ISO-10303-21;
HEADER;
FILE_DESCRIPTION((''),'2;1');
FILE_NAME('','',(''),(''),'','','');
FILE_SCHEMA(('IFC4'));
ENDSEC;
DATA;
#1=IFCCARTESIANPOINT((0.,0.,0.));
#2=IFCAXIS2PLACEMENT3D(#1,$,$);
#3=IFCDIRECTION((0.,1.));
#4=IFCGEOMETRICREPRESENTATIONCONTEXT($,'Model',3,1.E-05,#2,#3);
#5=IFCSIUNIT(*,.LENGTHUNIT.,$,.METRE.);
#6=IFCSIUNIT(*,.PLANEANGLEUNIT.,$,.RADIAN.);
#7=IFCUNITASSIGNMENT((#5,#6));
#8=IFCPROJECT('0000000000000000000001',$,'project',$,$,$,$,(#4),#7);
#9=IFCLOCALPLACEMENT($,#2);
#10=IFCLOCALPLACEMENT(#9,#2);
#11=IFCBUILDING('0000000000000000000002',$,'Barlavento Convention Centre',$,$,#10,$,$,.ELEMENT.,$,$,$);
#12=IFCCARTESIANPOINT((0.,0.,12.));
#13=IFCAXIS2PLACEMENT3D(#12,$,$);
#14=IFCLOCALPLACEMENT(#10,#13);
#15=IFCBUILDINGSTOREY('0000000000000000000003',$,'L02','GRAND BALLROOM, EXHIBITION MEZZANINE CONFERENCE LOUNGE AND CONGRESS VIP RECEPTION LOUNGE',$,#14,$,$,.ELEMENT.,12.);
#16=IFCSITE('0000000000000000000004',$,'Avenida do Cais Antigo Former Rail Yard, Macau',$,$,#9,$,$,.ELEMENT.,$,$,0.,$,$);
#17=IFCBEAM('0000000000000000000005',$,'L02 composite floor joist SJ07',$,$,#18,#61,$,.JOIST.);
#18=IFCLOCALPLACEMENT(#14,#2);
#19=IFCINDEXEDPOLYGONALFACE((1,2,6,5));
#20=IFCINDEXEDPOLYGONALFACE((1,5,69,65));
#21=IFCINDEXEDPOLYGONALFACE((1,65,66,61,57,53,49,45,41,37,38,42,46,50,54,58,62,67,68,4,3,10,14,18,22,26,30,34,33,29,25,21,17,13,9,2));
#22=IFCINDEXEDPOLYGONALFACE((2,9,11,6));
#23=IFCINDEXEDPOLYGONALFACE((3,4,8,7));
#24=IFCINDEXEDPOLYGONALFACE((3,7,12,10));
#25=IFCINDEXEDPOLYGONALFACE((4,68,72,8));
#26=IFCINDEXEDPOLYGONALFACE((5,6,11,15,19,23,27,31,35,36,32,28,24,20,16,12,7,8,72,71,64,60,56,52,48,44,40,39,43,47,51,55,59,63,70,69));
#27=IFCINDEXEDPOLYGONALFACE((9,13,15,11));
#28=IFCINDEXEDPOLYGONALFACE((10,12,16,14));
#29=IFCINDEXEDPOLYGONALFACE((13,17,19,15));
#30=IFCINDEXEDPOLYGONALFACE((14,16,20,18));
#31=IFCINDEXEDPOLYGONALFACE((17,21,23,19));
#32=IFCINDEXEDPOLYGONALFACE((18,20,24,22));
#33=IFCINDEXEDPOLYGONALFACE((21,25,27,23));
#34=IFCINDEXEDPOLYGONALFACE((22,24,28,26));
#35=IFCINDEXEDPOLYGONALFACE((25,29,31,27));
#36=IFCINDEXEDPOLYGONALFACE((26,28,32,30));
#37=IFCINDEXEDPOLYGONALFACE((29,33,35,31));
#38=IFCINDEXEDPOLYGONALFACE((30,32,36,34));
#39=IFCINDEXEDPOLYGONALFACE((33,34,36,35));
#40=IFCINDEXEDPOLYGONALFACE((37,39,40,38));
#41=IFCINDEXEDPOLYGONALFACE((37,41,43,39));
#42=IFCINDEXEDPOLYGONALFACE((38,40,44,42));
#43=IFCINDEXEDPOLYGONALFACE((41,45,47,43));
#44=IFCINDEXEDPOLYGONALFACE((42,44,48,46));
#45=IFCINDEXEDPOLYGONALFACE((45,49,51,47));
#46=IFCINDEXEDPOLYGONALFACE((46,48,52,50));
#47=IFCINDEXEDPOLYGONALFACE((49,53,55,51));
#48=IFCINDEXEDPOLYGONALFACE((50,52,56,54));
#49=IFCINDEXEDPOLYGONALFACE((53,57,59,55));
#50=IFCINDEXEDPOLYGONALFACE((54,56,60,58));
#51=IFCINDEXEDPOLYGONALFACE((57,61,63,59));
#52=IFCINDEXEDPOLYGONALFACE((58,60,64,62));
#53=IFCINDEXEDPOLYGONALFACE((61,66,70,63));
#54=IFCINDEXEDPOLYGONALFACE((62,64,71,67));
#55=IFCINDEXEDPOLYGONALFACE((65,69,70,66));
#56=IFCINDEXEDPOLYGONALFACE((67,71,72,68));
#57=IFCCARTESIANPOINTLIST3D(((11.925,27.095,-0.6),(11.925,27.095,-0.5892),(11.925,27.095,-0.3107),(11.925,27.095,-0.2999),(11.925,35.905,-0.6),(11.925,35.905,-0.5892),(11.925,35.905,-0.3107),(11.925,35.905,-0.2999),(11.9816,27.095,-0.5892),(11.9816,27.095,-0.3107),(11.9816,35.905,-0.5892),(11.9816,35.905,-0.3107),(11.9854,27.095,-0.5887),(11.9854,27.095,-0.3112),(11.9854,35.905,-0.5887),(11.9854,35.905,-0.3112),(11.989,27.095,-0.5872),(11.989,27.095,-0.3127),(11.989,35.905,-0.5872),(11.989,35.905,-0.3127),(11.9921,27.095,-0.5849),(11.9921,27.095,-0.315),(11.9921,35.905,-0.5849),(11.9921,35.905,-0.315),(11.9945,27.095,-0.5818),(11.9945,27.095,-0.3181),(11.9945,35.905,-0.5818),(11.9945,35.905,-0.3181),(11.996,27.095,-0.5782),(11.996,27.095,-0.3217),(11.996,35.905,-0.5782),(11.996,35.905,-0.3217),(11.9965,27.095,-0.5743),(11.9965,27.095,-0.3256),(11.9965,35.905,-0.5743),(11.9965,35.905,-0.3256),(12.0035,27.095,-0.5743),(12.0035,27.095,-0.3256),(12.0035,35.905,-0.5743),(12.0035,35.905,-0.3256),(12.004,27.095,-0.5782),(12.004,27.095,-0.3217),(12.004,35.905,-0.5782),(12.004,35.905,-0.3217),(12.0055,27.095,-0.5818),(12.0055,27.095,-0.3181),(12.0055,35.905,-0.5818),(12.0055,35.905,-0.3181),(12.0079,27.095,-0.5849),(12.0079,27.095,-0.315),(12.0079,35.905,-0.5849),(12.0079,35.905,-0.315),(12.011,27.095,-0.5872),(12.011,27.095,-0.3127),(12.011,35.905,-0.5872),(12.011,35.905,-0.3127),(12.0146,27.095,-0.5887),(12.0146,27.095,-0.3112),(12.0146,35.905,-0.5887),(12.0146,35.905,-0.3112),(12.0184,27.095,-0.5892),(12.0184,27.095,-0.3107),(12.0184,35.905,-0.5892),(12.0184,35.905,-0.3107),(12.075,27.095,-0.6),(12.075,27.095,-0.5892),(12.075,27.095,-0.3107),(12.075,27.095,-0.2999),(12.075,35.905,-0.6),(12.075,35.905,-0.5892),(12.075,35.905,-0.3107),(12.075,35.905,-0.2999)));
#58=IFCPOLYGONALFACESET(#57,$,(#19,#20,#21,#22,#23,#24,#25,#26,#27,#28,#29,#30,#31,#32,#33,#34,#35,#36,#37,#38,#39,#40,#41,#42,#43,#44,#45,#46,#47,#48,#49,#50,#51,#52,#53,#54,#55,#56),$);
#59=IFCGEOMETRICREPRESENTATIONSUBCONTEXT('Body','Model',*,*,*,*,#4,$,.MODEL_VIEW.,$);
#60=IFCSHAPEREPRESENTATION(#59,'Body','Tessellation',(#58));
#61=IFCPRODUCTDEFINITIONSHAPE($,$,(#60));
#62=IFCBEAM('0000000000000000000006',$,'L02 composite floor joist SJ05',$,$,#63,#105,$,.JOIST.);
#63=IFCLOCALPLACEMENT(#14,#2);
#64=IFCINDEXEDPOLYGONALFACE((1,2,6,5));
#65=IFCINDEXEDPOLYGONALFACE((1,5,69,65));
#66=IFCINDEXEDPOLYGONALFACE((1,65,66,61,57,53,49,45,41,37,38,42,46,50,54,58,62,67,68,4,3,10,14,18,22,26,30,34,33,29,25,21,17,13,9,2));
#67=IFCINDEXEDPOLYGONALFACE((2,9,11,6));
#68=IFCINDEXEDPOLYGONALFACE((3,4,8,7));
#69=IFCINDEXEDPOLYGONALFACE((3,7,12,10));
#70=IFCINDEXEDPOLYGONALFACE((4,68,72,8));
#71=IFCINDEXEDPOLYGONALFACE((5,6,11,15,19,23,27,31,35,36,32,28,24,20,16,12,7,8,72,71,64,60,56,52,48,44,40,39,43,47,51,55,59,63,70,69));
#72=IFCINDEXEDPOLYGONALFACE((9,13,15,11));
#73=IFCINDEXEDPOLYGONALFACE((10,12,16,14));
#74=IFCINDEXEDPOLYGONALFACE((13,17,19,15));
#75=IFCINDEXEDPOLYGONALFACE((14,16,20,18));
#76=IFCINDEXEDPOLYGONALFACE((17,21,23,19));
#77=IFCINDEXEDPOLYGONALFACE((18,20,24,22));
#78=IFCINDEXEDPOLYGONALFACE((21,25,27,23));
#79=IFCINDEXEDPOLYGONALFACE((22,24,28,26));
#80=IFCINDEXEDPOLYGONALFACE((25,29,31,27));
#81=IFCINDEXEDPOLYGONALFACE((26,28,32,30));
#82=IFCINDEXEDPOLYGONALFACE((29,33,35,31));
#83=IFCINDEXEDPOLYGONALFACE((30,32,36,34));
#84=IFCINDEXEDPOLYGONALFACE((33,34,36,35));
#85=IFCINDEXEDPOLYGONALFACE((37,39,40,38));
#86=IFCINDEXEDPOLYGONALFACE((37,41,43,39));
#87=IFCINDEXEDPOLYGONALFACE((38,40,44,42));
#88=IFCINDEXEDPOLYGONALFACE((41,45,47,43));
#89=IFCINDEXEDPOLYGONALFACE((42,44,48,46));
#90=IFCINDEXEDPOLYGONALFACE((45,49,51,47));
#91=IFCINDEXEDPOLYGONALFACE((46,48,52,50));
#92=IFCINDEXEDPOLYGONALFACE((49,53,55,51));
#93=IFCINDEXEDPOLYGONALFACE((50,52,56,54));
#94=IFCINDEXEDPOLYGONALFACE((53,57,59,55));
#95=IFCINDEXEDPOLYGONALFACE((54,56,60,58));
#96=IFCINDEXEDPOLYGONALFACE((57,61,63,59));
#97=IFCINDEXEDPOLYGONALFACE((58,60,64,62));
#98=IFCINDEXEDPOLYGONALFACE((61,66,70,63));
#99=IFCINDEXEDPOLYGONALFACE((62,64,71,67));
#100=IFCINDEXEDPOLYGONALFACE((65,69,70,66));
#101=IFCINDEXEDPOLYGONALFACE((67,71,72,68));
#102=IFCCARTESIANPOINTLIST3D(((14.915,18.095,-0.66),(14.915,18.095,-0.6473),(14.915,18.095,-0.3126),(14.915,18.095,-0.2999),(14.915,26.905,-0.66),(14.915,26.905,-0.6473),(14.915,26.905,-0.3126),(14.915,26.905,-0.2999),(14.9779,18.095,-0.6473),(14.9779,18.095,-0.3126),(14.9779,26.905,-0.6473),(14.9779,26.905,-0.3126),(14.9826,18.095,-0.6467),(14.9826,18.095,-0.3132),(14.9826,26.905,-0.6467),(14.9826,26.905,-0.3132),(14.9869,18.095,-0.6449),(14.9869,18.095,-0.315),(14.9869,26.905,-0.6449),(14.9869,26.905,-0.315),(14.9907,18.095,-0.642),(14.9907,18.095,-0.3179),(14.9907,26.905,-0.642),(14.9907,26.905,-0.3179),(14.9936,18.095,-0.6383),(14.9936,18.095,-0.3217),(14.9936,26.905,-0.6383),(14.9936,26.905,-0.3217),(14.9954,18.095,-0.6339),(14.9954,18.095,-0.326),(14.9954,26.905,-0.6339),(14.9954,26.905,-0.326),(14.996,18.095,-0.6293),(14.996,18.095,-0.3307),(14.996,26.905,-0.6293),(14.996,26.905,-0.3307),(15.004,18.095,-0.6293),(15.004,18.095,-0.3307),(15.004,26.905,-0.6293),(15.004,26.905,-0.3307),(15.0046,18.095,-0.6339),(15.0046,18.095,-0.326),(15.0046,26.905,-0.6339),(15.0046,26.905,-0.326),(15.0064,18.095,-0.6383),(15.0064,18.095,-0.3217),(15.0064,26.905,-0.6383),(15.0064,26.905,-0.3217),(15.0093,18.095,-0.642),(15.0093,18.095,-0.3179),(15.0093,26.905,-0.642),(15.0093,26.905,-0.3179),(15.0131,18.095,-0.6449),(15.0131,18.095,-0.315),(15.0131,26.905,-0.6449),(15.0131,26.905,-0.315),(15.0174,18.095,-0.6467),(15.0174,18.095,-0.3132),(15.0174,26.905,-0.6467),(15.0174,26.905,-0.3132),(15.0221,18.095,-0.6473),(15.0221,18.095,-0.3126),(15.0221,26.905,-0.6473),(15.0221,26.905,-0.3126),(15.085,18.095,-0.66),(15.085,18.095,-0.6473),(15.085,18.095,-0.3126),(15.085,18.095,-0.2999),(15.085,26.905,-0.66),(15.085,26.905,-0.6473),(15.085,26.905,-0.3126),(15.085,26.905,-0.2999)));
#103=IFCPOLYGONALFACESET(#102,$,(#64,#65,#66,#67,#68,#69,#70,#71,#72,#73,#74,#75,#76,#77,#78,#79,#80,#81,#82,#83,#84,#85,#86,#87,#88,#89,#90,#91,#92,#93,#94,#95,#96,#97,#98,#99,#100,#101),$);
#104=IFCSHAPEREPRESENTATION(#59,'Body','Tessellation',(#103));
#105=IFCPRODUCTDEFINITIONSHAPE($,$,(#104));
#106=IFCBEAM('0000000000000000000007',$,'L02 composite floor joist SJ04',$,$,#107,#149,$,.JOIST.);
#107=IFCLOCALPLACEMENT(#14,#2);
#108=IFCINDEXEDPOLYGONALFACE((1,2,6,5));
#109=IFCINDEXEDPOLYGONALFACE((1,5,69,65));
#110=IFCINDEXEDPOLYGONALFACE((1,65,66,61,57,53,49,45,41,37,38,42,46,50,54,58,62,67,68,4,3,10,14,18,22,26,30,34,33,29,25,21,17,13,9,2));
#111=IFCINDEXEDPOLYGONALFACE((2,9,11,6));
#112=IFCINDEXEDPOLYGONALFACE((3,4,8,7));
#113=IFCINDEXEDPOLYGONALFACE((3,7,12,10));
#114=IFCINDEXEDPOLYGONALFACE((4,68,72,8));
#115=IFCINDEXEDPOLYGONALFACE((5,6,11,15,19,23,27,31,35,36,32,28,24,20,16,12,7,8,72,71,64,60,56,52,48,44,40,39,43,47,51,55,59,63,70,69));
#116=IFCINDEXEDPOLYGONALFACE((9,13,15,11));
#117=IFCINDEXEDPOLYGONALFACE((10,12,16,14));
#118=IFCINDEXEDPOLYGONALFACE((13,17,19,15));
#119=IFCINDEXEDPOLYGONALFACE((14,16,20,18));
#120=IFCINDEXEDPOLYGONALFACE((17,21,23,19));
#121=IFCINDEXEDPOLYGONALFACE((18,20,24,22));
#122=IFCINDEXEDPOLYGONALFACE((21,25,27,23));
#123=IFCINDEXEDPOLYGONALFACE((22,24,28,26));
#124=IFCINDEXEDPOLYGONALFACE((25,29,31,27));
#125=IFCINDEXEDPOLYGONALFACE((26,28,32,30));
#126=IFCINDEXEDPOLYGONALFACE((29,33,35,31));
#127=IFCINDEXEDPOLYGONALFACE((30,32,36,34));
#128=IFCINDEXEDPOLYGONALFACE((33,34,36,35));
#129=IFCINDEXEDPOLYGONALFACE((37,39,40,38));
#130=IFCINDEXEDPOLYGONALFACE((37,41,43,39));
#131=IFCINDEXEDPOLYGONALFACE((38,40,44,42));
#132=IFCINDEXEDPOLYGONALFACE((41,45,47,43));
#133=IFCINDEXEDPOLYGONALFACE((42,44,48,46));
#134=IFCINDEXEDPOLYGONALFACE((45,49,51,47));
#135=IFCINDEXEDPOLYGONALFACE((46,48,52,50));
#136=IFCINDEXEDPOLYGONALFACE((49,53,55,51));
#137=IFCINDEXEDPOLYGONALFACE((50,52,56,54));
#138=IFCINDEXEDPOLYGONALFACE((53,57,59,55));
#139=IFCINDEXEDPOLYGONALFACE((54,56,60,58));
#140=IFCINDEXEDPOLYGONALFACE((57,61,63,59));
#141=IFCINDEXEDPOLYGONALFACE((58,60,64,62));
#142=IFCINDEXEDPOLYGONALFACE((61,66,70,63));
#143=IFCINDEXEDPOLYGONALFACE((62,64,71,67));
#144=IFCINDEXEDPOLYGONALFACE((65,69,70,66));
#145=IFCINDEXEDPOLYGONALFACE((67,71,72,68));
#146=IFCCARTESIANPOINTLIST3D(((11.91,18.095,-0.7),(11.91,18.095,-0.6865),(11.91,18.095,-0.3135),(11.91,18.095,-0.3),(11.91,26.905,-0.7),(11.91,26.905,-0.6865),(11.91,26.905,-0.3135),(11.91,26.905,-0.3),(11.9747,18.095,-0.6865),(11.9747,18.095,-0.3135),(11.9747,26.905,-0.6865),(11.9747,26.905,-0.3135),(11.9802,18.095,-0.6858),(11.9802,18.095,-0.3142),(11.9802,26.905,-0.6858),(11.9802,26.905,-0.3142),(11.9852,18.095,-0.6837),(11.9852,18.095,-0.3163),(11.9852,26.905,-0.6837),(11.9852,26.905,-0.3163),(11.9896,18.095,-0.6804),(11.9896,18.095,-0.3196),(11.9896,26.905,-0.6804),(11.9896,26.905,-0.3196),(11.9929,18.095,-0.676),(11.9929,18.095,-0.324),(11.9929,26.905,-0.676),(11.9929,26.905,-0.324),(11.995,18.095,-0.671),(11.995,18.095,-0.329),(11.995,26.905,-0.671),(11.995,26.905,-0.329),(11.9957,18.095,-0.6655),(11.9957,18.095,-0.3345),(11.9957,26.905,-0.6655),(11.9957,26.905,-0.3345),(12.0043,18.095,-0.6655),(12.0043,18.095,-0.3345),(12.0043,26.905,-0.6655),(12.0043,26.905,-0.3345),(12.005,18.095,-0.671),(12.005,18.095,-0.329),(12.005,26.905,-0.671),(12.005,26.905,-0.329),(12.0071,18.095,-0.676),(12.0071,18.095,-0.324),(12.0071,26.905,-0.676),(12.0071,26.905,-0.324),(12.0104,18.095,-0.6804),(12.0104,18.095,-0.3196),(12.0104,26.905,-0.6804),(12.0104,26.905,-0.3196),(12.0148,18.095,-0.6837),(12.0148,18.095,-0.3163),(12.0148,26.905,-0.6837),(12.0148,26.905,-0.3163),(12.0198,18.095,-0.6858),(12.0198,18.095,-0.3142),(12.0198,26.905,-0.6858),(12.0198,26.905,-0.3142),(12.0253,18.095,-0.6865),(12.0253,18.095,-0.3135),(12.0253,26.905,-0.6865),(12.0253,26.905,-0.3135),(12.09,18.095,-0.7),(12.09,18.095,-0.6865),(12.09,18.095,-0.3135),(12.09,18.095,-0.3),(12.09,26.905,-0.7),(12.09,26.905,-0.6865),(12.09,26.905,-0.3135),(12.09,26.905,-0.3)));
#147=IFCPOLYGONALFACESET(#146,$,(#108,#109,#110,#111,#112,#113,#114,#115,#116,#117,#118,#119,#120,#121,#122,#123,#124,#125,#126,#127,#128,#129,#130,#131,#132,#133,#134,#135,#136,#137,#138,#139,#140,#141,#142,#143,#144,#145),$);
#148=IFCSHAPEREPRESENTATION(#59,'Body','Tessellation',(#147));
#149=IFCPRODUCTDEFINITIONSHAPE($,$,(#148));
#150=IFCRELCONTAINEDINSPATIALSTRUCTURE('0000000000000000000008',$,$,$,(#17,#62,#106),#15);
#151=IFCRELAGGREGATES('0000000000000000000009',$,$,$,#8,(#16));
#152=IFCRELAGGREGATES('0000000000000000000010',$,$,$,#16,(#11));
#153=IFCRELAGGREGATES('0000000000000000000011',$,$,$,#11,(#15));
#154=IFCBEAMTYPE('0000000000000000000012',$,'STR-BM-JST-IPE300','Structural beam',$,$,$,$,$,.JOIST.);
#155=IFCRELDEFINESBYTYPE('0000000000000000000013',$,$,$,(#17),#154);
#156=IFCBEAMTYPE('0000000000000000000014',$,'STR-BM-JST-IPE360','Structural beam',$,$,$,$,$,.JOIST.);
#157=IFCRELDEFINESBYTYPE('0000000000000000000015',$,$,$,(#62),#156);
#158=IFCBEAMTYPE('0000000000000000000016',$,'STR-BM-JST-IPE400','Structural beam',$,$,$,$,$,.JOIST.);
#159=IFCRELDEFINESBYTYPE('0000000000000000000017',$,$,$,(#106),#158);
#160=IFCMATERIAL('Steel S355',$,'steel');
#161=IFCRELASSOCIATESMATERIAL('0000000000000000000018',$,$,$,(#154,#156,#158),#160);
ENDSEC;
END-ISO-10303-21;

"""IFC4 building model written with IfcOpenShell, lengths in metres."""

from ifc_helpers import new_model, si_unit, direction, frame, origin, origin_2d, place, context, subcontext, project, spatial, i_section, extrude, material, material_profile, profile_set, type_object, element, save


model = new_model("IFC4")

# Units and contexts
model_context = context("Model", 3, precision=1e-05, world=origin(), true_north=direction((0.0, 1.0)))
body_context = subcontext(model_context, "Body", "Model", "MODEL_VIEW")
ifc_project = project(units=[si_unit("LENGTHUNIT", "METRE"), si_unit("PLANEANGLEUNIT", "RADIAN")], contexts=[model_context])

# Site, building, storey
site_placement = place(None, origin())
site = spatial("IfcSite", under=ifc_project, at=site_placement, Name="Avenida do Cais Antigo Former Rail Yard, Macau", CompositionType="ELEMENT", RefElevation=0.0)
building_placement = place(site_placement, origin())
building = spatial("IfcBuilding", under=site, at=building_placement, Name="Barlavento Convention Centre", CompositionType="ELEMENT")
storey_placement = place(building_placement, frame((0.0, 0.0, 12.0)))
storey = spatial("IfcBuildingStorey", under=building, at=storey_placement, Name="L02", Description="GRAND BALLROOM, EXHIBITION MEZZANINE CONFERENCE LOUNGE AND CONGRESS VIP RECEPTION LOUNGE", CompositionType="ELEMENT", Elevation=12.0)

# Shared definitions
ifc_material_1 = material(Name="Steel S355", Category="steel")

# Beams
ifc_material_profile_1 = material_profile(ifc_material_1, i_section(OverallWidth=0.1499, OverallDepth=0.3, WebThickness=0.0071, FlangeThickness=0.0107, FilletRadius=0.0149, at=origin_2d()), Name="IPE 300")
ifc_profile_set_1 = profile_set([ifc_material_profile_1], Name="Steel S355")
beam_type_1 = type_object("IfcBeamType", Name="STR-BM-JST-IPE300", Description="Structural beam", PredefinedType="JOIST", material=ifc_profile_set_1)
beam_1_placement = place(storey_placement, frame((12.0, 27.095, -0.45), z_axis=(0.0, 1.0, 0.0), x_axis=(-1.0, 0.0, 0.0)))
element("IfcBeam", 1, at=beam_1_placement, inside=storey, type_object=beam_type_1, Name="L02 composite floor joist SJ07", PredefinedType="JOIST", context=body_context, shape_type="SweptSolid", body=[
    extrude(i_section(OverallWidth=0.1499, OverallDepth=0.3, WebThickness=0.0071, FlangeThickness=0.0107, FilletRadius=0.0149, at=origin_2d()), origin(), (0.0, 0.0, 1.0), 8.8101),
])
ifc_material_profile_2 = material_profile(ifc_material_1, i_section(OverallWidth=0.1699, OverallDepth=0.3601, WebThickness=0.0081, FlangeThickness=0.0127, FilletRadius=0.0181, at=origin_2d()), Name="IPE 360")
ifc_profile_set_2 = profile_set([ifc_material_profile_2], Name="Steel S355")
beam_type_2 = type_object("IfcBeamType", Name="STR-BM-JST-IPE360", Description="Structural beam", PredefinedType="JOIST", material=ifc_profile_set_2)
beam_2_placement = place(storey_placement, frame((15.0, 18.095, -0.48), z_axis=(0.0, 1.0, 0.0), x_axis=(-1.0, 0.0, 0.0)))
element("IfcBeam", 2, at=beam_2_placement, inside=storey, type_object=beam_type_2, Name="L02 composite floor joist SJ05", PredefinedType="JOIST", context=body_context, shape_type="SweptSolid", body=[
    extrude(i_section(OverallWidth=0.1699, OverallDepth=0.3601, WebThickness=0.0081, FlangeThickness=0.0127, FilletRadius=0.0181, at=origin_2d()), origin(), (0.0, 0.0, 1.0), 8.8101),
])
ifc_material_profile_3 = material_profile(ifc_material_1, i_section(OverallWidth=0.1799, OverallDepth=0.3999, WebThickness=0.0085, FlangeThickness=0.0134, FilletRadius=0.021, at=origin_2d()), Name="IPE 400")
ifc_profile_set_3 = profile_set([ifc_material_profile_3], Name="Steel S355")
beam_type_3 = type_object("IfcBeamType", Name="STR-BM-JST-IPE400", Description="Structural beam", PredefinedType="JOIST", material=ifc_profile_set_3)
beam_3_placement = place(storey_placement, frame((12.0, 18.095, -0.5), z_axis=(0.0, 1.0, 0.0), x_axis=(-1.0, 0.0, 0.0)))
element("IfcBeam", 3, at=beam_3_placement, inside=storey, type_object=beam_type_3, Name="L02 composite floor joist SJ04", PredefinedType="JOIST", context=body_context, shape_type="SweptSolid", body=[
    extrude(i_section(OverallWidth=0.1799, OverallDepth=0.3999, WebThickness=0.0085, FlangeThickness=0.0134, FilletRadius=0.021, at=origin_2d()), origin(), (0.0, 0.0, 1.0), 8.8101),
])

save(model, "model.ifc")
